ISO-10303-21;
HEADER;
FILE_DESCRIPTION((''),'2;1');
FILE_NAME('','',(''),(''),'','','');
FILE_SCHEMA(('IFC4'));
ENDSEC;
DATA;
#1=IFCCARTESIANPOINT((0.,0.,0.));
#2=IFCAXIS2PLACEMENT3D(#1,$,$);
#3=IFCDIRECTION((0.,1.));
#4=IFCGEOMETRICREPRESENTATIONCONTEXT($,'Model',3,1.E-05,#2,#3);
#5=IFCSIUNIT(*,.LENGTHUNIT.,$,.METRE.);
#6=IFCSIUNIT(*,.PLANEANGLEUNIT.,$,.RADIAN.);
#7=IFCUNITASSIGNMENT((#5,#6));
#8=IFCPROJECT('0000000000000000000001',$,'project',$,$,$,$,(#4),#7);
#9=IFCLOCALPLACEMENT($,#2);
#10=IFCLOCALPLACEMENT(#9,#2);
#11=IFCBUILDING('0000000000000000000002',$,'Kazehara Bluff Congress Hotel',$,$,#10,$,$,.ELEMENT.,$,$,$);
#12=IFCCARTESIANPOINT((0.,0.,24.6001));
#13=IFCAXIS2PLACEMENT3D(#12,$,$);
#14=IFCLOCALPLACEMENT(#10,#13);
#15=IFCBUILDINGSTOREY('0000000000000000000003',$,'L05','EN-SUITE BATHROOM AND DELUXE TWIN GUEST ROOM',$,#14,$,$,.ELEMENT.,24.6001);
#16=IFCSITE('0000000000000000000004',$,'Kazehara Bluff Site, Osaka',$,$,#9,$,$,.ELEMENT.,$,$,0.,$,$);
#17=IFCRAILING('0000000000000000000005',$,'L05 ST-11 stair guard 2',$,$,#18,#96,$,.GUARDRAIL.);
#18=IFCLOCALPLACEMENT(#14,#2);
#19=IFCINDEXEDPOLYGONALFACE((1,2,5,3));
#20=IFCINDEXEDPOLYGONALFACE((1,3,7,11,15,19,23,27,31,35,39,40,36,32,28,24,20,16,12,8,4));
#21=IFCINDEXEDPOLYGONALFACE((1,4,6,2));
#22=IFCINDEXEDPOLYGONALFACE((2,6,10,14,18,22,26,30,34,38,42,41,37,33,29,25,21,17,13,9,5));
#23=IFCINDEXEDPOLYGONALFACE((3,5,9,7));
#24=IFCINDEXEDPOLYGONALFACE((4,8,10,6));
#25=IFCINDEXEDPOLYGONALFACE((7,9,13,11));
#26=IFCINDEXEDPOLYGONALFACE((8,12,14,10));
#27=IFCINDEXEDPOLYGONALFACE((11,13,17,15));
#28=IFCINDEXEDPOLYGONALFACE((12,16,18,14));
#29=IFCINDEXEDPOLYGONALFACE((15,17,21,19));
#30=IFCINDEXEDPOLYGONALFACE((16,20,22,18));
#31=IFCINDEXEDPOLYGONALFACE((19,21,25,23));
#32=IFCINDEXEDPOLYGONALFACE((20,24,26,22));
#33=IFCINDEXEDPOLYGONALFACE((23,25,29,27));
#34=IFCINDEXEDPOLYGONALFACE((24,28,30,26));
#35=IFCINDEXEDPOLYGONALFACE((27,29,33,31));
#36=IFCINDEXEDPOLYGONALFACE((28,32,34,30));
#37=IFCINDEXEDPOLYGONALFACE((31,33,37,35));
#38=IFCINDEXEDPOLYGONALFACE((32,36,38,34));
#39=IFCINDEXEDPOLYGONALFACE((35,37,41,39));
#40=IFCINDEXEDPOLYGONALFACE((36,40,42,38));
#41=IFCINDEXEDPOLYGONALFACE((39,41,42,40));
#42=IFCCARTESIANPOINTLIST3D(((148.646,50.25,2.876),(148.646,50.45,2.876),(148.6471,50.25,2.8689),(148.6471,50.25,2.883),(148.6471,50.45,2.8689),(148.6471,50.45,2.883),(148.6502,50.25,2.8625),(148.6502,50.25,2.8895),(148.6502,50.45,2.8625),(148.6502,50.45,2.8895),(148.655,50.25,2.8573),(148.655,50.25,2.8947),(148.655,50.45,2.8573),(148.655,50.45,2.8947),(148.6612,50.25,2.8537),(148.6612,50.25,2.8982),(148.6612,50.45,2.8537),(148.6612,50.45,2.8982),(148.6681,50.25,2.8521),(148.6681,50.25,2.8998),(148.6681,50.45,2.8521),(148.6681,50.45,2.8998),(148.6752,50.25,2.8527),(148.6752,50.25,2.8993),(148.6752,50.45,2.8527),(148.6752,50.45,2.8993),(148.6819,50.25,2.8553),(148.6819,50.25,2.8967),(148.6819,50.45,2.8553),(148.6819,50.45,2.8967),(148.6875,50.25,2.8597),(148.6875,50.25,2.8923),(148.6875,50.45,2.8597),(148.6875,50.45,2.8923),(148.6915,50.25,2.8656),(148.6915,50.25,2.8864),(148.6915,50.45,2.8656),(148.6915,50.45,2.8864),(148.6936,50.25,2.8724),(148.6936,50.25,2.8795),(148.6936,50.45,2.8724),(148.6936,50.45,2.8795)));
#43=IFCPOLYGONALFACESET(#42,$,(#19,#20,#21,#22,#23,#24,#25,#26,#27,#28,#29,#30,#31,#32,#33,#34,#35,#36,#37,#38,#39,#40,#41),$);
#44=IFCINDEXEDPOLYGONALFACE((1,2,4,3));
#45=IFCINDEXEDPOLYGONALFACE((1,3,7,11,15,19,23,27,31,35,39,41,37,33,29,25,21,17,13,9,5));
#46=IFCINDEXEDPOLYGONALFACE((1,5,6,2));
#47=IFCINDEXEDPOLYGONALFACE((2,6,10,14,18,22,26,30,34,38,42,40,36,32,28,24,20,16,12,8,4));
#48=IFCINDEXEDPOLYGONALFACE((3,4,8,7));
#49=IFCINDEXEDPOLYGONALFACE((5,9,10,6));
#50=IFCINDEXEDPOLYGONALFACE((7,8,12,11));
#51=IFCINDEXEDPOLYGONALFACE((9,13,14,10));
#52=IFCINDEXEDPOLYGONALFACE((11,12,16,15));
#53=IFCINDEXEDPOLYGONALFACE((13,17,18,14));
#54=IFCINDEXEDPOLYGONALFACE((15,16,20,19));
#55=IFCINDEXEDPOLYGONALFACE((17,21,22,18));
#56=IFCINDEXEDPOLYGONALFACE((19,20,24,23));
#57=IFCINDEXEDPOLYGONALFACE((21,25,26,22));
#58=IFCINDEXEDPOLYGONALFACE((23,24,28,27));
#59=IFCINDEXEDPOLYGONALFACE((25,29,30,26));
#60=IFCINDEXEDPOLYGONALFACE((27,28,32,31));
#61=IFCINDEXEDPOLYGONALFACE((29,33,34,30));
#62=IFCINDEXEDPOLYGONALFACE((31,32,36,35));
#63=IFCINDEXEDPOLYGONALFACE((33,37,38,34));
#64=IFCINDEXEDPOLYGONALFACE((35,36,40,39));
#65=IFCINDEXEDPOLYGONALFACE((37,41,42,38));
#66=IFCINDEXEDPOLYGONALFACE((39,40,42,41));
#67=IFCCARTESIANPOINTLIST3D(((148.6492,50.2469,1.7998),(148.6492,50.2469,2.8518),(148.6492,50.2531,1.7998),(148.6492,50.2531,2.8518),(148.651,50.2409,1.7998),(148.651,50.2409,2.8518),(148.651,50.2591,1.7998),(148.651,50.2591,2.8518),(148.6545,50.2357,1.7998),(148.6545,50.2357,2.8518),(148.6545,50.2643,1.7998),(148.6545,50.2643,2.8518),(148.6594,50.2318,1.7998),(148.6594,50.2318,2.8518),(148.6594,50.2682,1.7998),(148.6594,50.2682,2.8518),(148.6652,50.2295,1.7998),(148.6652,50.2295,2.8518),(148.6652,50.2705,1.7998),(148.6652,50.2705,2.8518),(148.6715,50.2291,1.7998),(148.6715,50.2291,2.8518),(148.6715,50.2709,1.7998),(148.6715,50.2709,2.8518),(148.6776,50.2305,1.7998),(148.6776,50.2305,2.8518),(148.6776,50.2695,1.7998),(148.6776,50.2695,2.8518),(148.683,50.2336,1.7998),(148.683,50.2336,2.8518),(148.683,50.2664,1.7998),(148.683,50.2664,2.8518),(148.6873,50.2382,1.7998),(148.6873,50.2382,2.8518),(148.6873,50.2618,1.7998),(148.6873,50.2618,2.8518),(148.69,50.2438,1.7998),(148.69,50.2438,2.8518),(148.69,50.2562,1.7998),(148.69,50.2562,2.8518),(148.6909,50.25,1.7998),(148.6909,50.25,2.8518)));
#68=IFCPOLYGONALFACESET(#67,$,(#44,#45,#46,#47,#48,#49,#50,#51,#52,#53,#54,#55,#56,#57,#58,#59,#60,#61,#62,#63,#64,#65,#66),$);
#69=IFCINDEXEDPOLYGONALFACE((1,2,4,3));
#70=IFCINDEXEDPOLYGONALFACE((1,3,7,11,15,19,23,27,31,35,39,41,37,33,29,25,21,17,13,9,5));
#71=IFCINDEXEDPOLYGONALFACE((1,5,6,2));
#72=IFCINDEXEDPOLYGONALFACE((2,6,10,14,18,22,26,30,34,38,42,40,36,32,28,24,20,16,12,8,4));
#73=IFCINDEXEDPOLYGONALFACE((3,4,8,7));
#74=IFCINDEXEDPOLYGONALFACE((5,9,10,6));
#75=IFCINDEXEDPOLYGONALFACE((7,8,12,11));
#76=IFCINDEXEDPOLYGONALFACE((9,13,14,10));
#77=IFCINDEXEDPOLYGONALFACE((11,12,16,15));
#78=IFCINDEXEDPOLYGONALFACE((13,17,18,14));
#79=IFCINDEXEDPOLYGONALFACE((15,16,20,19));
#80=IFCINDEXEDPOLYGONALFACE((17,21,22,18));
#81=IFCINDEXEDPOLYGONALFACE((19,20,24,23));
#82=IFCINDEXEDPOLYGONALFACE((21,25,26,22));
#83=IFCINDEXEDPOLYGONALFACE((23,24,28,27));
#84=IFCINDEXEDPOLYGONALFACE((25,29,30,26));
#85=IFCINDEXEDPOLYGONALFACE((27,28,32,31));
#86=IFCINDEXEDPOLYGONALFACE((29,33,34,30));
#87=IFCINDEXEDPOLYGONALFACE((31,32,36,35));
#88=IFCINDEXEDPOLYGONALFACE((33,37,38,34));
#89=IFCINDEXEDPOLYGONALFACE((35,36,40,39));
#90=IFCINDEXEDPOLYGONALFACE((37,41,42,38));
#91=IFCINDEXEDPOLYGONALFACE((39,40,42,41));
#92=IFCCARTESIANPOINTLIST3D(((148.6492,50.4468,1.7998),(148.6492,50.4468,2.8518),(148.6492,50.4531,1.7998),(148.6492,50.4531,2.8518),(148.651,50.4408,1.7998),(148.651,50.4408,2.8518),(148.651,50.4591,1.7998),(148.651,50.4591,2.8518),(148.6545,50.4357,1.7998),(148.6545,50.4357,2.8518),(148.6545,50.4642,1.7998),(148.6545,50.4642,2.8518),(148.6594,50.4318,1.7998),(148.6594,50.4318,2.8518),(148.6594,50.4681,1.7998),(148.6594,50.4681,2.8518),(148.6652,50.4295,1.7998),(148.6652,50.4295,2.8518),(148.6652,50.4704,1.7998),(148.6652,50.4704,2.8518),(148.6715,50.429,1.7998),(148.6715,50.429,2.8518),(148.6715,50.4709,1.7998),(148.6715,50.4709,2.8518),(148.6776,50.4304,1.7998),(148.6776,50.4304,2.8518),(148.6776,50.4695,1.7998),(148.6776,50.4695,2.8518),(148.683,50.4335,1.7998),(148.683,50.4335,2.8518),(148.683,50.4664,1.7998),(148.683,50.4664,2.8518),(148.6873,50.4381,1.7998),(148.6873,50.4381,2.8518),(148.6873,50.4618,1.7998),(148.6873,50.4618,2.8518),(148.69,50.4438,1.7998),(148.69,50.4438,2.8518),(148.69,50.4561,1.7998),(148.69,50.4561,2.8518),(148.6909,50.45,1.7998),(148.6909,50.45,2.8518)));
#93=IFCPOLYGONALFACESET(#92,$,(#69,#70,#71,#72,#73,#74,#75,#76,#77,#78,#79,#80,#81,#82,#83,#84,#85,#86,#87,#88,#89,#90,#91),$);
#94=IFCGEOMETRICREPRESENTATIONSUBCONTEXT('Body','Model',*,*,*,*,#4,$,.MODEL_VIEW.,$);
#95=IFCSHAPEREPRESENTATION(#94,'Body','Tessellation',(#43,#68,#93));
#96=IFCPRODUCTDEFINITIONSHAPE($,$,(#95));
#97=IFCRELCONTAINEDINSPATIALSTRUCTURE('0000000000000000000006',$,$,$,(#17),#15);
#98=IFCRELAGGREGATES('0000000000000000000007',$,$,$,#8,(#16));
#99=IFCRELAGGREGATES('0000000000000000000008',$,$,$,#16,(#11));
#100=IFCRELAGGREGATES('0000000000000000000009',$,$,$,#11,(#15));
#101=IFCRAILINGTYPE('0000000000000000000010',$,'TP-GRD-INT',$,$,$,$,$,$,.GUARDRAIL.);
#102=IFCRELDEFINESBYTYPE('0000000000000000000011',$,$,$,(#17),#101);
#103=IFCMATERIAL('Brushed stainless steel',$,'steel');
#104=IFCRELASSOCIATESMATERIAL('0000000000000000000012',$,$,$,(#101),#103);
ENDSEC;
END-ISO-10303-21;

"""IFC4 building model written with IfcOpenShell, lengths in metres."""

from ifc_helpers import new_model, si_unit, direction, frame, origin, origin_2d, place, context, subcontext, project, spatial, circle, extrude, material, type_object, element, save


model = new_model("IFC4")

# Units and contexts
model_context = context("Model", 3, precision=1e-05, world=origin(), true_north=direction((0.0, 1.0)))
body_context = subcontext(model_context, "Body", "Model", "MODEL_VIEW")
ifc_project = project(units=[si_unit("LENGTHUNIT", "METRE"), si_unit("PLANEANGLEUNIT", "RADIAN")], contexts=[model_context])

# Site, building, storey
site_placement = place(None, origin())
site = spatial("IfcSite", under=ifc_project, at=site_placement, Name="Kazehara Bluff Site, Osaka", CompositionType="ELEMENT", RefElevation=0.0)
building_placement = place(site_placement, origin())
building = spatial("IfcBuilding", under=site, at=building_placement, Name="Kazehara Bluff Congress Hotel", CompositionType="ELEMENT")
storey_placement = place(building_placement, frame((0.0, 0.0, 24.6001)))
storey = spatial("IfcBuildingStorey", under=building, at=storey_placement, Name="L05", Description="EN-SUITE BATHROOM AND DELUXE TWIN GUEST ROOM", CompositionType="ELEMENT", Elevation=24.6001)

# Railing
ifc_material_1 = material(Name="Brushed stainless steel", Category="steel")
railing_type_1 = type_object("IfcRailingType", Name="TP-GRD-INT", PredefinedType="GUARDRAIL", material=ifc_material_1)
railing_1_placement = place(storey_placement, frame((148.6699, 50.25, 1.7998)))
element("IfcRailing", 1, at=railing_1_placement, inside=storey, type_object=railing_type_1, Name="L05 ST-11 stair guard 2", PredefinedType="GUARDRAIL", context=body_context, shape_type="SweptSolid", body=[
    extrude(circle(Radius=0.0239, at=origin_2d()), frame((0.0, 0.0, 1.0762), z_axis=(0.0, 1.0, 0.0), x_axis=(-1.0, 0.0, 0.0)), (0.0, 0.0, 1.0), 0.2),
    extrude(circle(Radius=0.021, at=origin_2d()), origin(), (0.0, 0.0, 1.0), 1.052),
    extrude(circle(Radius=0.021, at=origin_2d()), frame((0.0, 0.2, 0.0)), (0.0, 0.0, 1.0), 1.052),
])

save(model, "model.ifc")
